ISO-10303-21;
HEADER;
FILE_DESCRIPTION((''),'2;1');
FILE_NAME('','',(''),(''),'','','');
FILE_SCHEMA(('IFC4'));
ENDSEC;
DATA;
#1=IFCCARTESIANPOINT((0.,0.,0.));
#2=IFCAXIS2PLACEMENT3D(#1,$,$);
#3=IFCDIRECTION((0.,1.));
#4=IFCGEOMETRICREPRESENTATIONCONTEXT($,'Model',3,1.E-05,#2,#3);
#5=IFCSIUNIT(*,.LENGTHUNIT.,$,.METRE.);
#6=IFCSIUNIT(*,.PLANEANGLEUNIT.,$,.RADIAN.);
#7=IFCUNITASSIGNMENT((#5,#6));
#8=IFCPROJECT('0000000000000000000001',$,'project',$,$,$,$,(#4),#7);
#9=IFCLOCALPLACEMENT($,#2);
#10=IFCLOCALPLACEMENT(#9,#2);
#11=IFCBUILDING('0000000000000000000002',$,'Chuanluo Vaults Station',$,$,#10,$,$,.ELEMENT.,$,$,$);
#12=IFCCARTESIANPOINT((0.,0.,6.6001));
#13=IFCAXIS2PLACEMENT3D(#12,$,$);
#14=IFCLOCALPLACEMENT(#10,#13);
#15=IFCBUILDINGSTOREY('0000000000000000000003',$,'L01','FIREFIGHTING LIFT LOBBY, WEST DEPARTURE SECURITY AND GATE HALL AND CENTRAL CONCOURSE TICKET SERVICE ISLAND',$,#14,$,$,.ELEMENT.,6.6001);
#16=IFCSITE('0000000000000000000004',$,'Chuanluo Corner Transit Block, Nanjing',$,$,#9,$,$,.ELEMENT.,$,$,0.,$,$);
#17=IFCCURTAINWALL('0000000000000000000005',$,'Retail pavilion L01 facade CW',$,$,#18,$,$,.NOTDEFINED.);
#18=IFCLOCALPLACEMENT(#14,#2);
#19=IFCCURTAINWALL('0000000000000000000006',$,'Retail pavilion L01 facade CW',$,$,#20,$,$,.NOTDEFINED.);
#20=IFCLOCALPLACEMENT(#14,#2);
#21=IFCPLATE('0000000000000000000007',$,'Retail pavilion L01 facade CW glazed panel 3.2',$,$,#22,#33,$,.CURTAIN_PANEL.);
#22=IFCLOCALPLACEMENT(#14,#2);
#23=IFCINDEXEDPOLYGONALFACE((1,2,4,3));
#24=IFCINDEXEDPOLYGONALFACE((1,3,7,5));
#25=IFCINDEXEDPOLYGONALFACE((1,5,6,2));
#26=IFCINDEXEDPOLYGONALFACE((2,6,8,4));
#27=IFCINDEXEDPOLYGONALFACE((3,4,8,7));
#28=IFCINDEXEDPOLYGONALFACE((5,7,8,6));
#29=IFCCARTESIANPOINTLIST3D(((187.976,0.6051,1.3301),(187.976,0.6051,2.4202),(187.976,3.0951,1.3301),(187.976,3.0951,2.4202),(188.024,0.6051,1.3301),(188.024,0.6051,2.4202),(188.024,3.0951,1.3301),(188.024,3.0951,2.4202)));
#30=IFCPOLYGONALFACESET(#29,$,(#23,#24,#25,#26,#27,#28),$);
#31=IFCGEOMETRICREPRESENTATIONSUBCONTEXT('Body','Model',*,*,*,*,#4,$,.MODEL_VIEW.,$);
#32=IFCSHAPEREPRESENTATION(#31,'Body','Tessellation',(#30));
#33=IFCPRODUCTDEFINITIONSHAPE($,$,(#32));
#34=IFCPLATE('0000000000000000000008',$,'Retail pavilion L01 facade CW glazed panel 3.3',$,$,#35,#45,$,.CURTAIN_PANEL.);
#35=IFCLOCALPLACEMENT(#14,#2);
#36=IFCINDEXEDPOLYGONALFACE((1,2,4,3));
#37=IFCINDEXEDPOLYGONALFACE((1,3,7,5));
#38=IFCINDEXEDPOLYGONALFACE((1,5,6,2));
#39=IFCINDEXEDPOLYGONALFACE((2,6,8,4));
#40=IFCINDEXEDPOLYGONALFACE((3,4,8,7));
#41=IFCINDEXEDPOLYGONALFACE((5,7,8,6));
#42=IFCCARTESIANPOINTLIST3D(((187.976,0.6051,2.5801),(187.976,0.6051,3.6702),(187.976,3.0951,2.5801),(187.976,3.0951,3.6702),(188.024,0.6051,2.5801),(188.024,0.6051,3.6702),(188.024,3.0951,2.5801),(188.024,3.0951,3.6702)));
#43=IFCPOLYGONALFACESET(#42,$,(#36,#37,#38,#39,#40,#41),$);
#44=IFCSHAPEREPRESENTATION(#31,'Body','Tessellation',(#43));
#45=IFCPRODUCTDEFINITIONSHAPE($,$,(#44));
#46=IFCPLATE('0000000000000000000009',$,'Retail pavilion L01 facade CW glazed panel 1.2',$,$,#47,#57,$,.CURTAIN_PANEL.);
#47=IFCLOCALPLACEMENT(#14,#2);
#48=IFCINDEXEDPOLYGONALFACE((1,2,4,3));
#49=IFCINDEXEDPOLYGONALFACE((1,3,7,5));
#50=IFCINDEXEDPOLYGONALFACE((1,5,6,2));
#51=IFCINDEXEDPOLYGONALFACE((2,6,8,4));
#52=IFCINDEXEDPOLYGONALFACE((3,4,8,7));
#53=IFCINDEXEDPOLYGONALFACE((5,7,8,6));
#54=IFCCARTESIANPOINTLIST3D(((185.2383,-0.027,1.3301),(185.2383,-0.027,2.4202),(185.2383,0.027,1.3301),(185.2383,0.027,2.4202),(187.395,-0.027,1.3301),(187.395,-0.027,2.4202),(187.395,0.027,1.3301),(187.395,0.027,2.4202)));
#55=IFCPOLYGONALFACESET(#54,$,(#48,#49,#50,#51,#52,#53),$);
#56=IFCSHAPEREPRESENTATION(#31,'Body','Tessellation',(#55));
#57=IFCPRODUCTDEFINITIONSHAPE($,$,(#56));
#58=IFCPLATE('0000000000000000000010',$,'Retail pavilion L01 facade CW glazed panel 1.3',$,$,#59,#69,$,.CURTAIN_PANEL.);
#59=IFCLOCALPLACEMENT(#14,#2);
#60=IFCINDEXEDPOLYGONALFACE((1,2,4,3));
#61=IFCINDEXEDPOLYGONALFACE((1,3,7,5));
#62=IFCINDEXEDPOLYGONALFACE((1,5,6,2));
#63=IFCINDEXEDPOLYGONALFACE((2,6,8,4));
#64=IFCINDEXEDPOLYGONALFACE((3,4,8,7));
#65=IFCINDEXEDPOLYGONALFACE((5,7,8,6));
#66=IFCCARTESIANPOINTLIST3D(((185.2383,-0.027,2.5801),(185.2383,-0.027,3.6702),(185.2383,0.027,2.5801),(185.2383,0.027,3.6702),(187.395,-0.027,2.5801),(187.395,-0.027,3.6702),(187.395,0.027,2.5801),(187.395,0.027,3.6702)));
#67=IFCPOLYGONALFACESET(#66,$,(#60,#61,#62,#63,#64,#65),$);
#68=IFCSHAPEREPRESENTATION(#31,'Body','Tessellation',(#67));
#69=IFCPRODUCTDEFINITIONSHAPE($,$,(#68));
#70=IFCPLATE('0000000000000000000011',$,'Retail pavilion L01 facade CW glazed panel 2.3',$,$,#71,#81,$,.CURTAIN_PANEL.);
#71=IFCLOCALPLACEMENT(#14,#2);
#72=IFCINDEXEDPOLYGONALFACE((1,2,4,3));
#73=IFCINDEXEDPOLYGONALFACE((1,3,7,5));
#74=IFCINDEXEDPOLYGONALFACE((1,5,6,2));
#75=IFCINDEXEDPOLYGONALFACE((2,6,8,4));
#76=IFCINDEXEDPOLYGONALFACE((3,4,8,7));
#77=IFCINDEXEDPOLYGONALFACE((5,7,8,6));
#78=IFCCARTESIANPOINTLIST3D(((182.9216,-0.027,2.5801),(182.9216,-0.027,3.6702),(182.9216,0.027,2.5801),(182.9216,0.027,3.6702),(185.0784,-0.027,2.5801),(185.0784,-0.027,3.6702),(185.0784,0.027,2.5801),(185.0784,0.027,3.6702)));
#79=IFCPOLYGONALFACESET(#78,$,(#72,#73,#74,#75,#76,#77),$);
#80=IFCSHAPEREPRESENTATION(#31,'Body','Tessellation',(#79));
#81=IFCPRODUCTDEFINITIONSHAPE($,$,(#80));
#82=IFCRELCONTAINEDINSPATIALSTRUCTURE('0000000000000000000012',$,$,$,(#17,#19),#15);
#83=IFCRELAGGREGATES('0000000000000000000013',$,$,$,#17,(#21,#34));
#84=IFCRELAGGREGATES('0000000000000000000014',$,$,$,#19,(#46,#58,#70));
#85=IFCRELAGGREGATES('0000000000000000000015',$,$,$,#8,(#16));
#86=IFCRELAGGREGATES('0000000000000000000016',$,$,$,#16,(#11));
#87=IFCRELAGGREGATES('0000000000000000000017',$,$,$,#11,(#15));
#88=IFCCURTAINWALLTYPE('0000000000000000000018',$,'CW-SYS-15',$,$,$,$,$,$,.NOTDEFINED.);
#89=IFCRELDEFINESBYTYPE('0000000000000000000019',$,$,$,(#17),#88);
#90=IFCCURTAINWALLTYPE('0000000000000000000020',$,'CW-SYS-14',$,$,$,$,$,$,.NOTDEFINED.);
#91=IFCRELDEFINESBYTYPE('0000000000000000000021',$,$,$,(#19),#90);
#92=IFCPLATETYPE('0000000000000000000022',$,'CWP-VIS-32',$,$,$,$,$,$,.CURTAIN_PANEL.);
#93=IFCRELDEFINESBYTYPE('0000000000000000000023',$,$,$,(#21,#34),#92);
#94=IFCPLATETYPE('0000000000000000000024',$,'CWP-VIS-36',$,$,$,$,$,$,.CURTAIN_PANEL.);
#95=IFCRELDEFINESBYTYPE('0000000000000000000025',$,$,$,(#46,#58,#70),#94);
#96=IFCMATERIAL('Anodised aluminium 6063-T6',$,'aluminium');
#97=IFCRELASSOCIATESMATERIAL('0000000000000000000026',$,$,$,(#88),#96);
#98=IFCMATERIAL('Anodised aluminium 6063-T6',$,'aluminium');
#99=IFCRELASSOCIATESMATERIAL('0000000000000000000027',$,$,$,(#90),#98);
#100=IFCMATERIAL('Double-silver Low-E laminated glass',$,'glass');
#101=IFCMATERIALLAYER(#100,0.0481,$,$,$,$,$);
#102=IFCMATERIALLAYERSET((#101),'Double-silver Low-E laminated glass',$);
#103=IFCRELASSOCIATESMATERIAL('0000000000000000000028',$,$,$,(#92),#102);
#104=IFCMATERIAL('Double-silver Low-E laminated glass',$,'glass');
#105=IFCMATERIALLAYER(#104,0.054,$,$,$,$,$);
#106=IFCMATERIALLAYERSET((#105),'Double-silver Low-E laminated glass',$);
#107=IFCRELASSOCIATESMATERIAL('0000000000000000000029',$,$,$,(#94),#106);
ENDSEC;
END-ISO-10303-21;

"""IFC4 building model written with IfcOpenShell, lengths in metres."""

from ifc_helpers import new_model, si_unit, direction, frame, origin, origin_2d, place, context, subcontext, project, spatial, rectangle, extrude, material, layer, layer_set, type_object, element, aggregate, save


model = new_model("IFC4")

# Units and contexts
model_context = context("Model", 3, precision=1e-05, world=origin(), true_north=direction((0.0, 1.0)))
body_context = subcontext(model_context, "Body", "Model", "MODEL_VIEW")
ifc_project = project(units=[si_unit("LENGTHUNIT", "METRE"), si_unit("PLANEANGLEUNIT", "RADIAN")], contexts=[model_context])

# Site, building, storey
site_placement = place(None, origin())
site = spatial("IfcSite", under=ifc_project, at=site_placement, Name="Chuanluo Corner Transit Block, Nanjing", CompositionType="ELEMENT", RefElevation=0.0)
building_placement = place(site_placement, origin())
building = spatial("IfcBuilding", under=site, at=building_placement, Name="Chuanluo Vaults Station", CompositionType="ELEMENT")
storey_placement = place(building_placement, frame((0.0, 0.0, 6.6001)))
storey = spatial("IfcBuildingStorey", under=building, at=storey_placement, Name="L01", Description="FIREFIGHTING LIFT LOBBY, WEST DEPARTURE SECURITY AND GATE HALL AND CENTRAL CONCOURSE TICKET SERVICE ISLAND", CompositionType="ELEMENT", Elevation=6.6001)

# Curtain walls
ifc_material_1 = material(Name="Anodised aluminium 6063-T6", Category="aluminium")
curtain_wall_type_1 = type_object("IfcCurtainWallType", Name="CW-SYS-15", PredefinedType="NOTDEFINED", material=ifc_material_1)
curtain_wall_1_placement = place(storey_placement, origin())
curtain_wall_1 = element("IfcCurtainWall", 1, at=curtain_wall_1_placement, inside=storey, type_object=curtain_wall_type_1, Name="Retail pavilion L01 facade CW", PredefinedType="NOTDEFINED")
ifc_material_2 = material(Name="Anodised aluminium 6063-T6", Category="aluminium")
curtain_wall_type_2 = type_object("IfcCurtainWallType", Name="CW-SYS-14", PredefinedType="NOTDEFINED", material=ifc_material_2)
curtain_wall_2_placement = place(storey_placement, origin())
curtain_wall_2 = element("IfcCurtainWall", 2, at=curtain_wall_2_placement, inside=storey, type_object=curtain_wall_type_2, Name="Retail pavilion L01 facade CW", PredefinedType="NOTDEFINED")

# Plates
ifc_material_3 = material(Name="Double-silver Low-E laminated glass", Category="glass")
ifc_layer_1 = layer(ifc_material_3, 0.0481)
ifc_layer_set_1 = layer_set([ifc_layer_1], Name="Double-silver Low-E laminated glass")
plate_type_1 = type_object("IfcPlateType", Name="CWP-VIS-32", PredefinedType="CURTAIN_PANEL", material=ifc_layer_set_1)
plate_1_placement = place(storey_placement, frame((188.0, 1.8501, 1.3301), z_axis=(0.0, 0.0, 1.0), x_axis=(0.0, -1.0, 0.0)))
plate_1 = element("IfcPlate", 3, at=plate_1_placement, type_object=plate_type_1, Name="Retail pavilion L01 facade CW glazed panel 3.2", PredefinedType="CURTAIN_PANEL", context=body_context, shape_type="SweptSolid", body=[
    extrude(rectangle(XDim=2.49, YDim=0.0481, at=origin_2d()), origin(), (0.0, 0.0, 1.0), 1.0901),
])
plate_2_placement = place(storey_placement, frame((188.0, 1.8501, 2.5801), z_axis=(0.0, 0.0, 1.0), x_axis=(0.0, -1.0, 0.0)))
plate_2 = element("IfcPlate", 4, at=plate_2_placement, type_object=plate_type_1, Name="Retail pavilion L01 facade CW glazed panel 3.3", PredefinedType="CURTAIN_PANEL", context=body_context, shape_type="SweptSolid", body=[
    extrude(rectangle(XDim=2.49, YDim=0.0481, at=origin_2d()), origin(), (0.0, 0.0, 1.0), 1.0901),
])
aggregate(curtain_wall_1, [plate_1, plate_2])
ifc_material_4 = material(Name="Double-silver Low-E laminated glass", Category="glass")
ifc_layer_2 = layer(ifc_material_4, 0.054)
ifc_layer_set_2 = layer_set([ifc_layer_2], Name="Double-silver Low-E laminated glass")
plate_type_2 = type_object("IfcPlateType", Name="CWP-VIS-36", PredefinedType="CURTAIN_PANEL", material=ifc_layer_set_2)
plate_3_placement = place(storey_placement, frame((186.3167, 0.0, 1.3301), z_axis=(0.0, 0.0, 1.0), x_axis=(-1.0, 0.0, 0.0)))
plate_3 = element("IfcPlate", 5, at=plate_3_placement, type_object=plate_type_2, Name="Retail pavilion L01 facade CW glazed panel 1.2", PredefinedType="CURTAIN_PANEL", context=body_context, shape_type="SweptSolid", body=[
    extrude(rectangle(XDim=2.1567, YDim=0.054, at=origin_2d()), origin(), (0.0, 0.0, 1.0), 1.0901),
])
plate_4_placement = place(storey_placement, frame((186.3167, 0.0, 2.5801), z_axis=(0.0, 0.0, 1.0), x_axis=(-1.0, 0.0, 0.0)))
plate_4 = element("IfcPlate", 6, at=plate_4_placement, type_object=plate_type_2, Name="Retail pavilion L01 facade CW glazed panel 1.3", PredefinedType="CURTAIN_PANEL", context=body_context, shape_type="SweptSolid", body=[
    extrude(rectangle(XDim=2.1567, YDim=0.054, at=origin_2d()), origin(), (0.0, 0.0, 1.0), 1.0901),
])
plate_5_placement = place(storey_placement, frame((184.0, 0.0, 2.5801), z_axis=(0.0, 0.0, 1.0), x_axis=(-1.0, 0.0, 0.0)))
plate_5 = element("IfcPlate", 7, at=plate_5_placement, type_object=plate_type_2, Name="Retail pavilion L01 facade CW glazed panel 2.3", PredefinedType="CURTAIN_PANEL", context=body_context, shape_type="SweptSolid", body=[
    extrude(rectangle(XDim=2.1567, YDim=0.054, at=origin_2d()), origin(), (0.0, 0.0, 1.0), 1.0901),
])
aggregate(curtain_wall_2, [plate_3, plate_4, plate_5])

save(model, "model.ifc")
